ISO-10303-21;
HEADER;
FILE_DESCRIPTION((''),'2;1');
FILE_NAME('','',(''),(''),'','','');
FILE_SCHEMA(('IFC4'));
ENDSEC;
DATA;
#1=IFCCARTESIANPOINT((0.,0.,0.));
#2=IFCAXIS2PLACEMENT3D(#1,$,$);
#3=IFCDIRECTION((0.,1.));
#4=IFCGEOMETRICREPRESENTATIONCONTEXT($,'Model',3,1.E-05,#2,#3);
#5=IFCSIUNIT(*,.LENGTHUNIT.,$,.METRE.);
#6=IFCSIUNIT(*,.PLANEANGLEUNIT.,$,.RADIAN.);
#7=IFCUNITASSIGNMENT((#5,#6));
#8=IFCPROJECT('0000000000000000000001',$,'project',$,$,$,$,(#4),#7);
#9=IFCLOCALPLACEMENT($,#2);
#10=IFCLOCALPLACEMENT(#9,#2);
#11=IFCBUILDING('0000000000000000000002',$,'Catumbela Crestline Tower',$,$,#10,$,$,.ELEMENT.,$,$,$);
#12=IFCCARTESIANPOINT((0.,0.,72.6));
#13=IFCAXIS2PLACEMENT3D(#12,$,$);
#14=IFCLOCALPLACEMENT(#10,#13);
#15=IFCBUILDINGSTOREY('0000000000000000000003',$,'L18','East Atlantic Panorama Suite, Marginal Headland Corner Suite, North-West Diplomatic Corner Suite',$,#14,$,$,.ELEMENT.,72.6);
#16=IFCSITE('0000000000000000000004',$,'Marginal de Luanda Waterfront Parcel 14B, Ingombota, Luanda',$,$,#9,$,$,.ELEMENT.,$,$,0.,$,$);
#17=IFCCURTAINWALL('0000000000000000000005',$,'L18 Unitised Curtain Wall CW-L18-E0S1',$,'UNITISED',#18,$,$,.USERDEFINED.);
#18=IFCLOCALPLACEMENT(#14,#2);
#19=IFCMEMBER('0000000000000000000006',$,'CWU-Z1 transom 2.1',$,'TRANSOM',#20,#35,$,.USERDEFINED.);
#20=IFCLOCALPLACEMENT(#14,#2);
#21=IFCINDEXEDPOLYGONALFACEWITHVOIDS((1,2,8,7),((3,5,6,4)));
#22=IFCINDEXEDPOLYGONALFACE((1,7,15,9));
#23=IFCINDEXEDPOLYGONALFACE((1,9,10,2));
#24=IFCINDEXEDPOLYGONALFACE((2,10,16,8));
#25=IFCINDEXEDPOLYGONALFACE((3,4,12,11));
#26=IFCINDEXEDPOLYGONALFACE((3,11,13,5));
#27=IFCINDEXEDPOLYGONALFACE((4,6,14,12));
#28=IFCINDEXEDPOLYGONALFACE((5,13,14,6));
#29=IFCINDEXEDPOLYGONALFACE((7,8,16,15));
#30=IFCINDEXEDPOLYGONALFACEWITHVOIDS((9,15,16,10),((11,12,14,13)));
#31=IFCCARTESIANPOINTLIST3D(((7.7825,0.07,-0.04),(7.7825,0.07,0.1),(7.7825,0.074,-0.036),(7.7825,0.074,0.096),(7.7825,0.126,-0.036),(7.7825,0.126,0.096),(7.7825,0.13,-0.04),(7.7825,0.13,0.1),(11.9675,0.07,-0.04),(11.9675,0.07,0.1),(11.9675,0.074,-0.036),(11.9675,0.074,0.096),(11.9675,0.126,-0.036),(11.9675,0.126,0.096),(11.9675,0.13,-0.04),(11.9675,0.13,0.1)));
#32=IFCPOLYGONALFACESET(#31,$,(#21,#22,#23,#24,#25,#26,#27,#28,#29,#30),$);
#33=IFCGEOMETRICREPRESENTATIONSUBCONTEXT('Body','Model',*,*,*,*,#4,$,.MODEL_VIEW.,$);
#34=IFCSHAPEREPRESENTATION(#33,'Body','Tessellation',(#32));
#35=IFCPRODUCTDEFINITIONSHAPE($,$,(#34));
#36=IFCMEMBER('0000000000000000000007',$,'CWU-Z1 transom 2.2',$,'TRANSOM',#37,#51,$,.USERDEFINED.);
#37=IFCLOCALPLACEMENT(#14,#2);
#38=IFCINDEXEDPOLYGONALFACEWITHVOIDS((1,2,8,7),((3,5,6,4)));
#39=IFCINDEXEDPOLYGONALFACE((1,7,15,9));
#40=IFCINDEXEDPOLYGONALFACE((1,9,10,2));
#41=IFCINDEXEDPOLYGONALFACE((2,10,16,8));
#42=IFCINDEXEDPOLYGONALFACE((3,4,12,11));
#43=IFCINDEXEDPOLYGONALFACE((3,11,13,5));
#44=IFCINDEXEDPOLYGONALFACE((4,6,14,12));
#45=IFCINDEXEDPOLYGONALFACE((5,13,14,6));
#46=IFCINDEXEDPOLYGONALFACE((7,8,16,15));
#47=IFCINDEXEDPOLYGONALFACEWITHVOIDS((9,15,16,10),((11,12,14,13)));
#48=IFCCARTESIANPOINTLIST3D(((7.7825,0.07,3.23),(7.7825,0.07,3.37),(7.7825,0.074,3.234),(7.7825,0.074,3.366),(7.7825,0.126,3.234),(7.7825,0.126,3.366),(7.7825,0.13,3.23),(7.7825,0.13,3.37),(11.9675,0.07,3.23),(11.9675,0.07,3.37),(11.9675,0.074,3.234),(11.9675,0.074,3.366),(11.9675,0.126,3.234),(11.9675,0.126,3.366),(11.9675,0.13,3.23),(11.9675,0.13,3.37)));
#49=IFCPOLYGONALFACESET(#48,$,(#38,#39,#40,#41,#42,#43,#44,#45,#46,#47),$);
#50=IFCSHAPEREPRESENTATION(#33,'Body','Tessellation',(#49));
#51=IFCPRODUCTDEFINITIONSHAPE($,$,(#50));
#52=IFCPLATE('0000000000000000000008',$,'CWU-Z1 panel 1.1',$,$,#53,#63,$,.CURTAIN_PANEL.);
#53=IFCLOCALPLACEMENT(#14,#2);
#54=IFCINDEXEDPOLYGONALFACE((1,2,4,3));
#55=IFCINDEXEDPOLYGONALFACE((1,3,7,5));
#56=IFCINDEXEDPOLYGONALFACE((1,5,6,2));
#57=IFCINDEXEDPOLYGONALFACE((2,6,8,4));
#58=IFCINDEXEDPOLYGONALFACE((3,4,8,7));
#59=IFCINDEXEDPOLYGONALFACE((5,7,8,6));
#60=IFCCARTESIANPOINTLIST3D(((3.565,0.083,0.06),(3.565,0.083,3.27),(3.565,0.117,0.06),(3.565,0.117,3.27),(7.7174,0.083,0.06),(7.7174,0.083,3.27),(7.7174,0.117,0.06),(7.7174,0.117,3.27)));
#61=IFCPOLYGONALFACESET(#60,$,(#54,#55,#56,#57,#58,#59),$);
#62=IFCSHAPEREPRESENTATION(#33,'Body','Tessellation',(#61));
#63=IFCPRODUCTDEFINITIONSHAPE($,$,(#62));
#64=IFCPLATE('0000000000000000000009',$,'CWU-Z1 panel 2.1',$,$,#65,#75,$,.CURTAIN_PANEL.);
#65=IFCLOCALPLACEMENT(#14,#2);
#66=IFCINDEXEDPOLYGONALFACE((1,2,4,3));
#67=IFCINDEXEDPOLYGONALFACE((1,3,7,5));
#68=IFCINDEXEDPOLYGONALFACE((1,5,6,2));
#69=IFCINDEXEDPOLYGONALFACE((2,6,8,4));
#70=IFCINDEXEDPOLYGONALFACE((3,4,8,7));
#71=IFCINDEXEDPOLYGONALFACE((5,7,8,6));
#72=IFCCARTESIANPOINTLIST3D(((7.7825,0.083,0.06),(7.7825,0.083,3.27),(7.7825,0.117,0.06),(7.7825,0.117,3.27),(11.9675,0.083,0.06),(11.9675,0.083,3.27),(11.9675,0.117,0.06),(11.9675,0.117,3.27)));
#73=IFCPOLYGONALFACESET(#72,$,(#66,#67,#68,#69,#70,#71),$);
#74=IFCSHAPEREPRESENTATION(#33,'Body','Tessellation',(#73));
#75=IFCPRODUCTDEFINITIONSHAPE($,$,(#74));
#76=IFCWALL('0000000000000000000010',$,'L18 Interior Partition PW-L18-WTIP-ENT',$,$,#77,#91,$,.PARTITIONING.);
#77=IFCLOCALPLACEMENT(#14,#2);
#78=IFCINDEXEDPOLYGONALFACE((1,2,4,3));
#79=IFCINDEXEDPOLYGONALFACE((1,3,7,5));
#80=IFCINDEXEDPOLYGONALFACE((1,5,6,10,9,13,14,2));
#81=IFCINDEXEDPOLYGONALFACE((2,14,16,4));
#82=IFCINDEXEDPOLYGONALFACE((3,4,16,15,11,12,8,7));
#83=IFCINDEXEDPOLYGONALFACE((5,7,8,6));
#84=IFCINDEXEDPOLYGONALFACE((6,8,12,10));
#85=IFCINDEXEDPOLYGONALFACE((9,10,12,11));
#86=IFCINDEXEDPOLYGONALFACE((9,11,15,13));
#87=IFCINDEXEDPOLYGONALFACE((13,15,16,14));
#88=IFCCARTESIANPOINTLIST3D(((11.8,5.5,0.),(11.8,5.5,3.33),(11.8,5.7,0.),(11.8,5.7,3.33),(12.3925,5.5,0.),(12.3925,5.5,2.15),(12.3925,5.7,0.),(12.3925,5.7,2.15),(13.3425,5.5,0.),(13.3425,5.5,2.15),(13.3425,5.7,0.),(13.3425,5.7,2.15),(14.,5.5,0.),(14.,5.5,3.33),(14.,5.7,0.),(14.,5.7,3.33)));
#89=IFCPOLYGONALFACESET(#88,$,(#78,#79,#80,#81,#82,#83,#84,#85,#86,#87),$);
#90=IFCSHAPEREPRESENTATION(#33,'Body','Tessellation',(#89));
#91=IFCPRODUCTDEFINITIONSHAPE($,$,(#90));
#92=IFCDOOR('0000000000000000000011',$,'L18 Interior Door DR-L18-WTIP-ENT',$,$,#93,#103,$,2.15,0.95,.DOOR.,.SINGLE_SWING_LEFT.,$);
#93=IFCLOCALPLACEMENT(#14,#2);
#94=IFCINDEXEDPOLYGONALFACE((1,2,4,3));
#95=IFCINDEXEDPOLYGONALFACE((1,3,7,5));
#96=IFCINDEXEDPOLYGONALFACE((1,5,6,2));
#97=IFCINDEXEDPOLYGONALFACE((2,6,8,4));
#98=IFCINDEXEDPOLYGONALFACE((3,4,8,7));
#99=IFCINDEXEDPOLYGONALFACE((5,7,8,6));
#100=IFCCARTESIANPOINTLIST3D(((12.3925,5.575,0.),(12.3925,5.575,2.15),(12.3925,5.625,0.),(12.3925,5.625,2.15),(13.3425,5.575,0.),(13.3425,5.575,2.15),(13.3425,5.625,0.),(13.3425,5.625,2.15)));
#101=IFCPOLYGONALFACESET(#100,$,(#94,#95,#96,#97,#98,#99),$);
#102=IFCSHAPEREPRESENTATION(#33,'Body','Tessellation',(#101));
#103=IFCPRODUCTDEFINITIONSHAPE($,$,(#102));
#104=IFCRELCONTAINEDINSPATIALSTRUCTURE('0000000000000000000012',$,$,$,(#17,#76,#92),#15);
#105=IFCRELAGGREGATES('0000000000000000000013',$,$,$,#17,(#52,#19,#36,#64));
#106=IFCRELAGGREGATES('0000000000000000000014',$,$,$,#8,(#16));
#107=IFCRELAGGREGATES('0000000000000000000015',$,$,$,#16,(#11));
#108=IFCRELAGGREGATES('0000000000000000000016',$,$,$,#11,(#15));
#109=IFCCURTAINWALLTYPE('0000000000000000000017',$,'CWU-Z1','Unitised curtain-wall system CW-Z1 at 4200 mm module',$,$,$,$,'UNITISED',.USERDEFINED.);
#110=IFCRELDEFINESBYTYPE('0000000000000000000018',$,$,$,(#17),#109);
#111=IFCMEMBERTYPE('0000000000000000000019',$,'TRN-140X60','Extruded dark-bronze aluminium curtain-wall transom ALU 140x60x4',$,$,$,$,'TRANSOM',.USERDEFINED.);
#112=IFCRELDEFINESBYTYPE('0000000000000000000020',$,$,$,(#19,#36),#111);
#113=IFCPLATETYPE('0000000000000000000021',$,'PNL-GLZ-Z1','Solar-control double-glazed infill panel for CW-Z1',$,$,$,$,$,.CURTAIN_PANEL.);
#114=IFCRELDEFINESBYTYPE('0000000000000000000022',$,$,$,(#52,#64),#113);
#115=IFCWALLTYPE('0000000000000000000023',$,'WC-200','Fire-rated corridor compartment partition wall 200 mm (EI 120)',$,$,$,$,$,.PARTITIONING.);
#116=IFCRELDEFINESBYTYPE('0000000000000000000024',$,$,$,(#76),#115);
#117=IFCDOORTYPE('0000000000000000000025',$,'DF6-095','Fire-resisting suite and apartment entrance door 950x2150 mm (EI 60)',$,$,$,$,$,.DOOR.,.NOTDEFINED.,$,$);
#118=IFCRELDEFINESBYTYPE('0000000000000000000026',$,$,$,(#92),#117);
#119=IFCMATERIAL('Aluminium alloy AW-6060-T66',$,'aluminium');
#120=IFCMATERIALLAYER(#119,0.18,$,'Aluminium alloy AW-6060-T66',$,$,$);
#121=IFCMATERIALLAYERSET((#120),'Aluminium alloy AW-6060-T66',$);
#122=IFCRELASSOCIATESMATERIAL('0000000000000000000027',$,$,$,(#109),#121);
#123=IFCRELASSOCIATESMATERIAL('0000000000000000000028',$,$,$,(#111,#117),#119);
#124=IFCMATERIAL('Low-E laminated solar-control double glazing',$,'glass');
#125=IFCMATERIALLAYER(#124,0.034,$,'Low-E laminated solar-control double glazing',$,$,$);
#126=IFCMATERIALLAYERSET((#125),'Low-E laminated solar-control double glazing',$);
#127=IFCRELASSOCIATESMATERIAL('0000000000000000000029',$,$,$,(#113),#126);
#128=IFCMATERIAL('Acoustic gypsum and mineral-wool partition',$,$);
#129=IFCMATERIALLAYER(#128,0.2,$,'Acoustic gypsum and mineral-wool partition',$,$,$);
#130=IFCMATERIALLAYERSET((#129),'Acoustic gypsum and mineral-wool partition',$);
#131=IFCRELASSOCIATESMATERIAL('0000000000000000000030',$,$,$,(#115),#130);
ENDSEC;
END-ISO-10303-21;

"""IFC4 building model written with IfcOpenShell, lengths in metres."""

from ifc_helpers import new_model, si_unit, direction, frame, frame_2d, origin, origin_2d, place, context, subcontext, project, spatial, rectangle, hollow_rectangle, extrude, material, layer, layer_set, material_profile, profile_set, type_object, element, fill, aggregate, save


model = new_model("IFC4")

# Units and contexts
model_context = context("Model", 3, precision=1e-05, world=origin(), true_north=direction((0.0, 1.0)))
body_context = subcontext(model_context, "Body", "Model", "MODEL_VIEW")
ifc_project = project(units=[si_unit("LENGTHUNIT", "METRE"), si_unit("PLANEANGLEUNIT", "RADIAN")], contexts=[model_context])

# Site, building, storey
site_placement = place(None, origin())
site = spatial("IfcSite", under=ifc_project, at=site_placement, Name="Marginal de Luanda Waterfront Parcel 14B, Ingombota, Luanda", CompositionType="ELEMENT", RefElevation=0.0)
building_placement = place(site_placement, origin())
building = spatial("IfcBuilding", under=site, at=building_placement, Name="Catumbela Crestline Tower", CompositionType="ELEMENT")
storey_placement = place(building_placement, frame((0.0, 0.0, 72.6)))
storey = spatial("IfcBuildingStorey", under=building, at=storey_placement, Name="L18", Description="East Atlantic Panorama Suite, Marginal Headland Corner Suite, North-West Diplomatic Corner Suite", CompositionType="ELEMENT", Elevation=72.6)

# Curtain wall, members, plates
ifc_material_1 = material(Name="Aluminium alloy AW-6060-T66", Category="aluminium")
ifc_layer_1 = layer(ifc_material_1, 0.18, Name="Aluminium alloy AW-6060-T66")
ifc_layer_set_1 = layer_set([ifc_layer_1], Name="Aluminium alloy AW-6060-T66")
curtain_wall_type = type_object("IfcCurtainWallType", Name="CWU-Z1", Description="Unitised curtain-wall system CW-Z1 at 4200 mm module", ElementType="UNITISED", PredefinedType="USERDEFINED", material=ifc_layer_set_1)
curtain_wall_placement = place(storey_placement, origin())
curtain_wall = element("IfcCurtainWall", 1, at=curtain_wall_placement, inside=storey, type_object=curtain_wall_type, Name="L18 Unitised Curtain Wall CW-L18-E0S1", ObjectType="UNITISED", PredefinedType="USERDEFINED")
ifc_material_profile_1 = material_profile(ifc_material_1, hollow_rectangle(XDim=0.06, YDim=0.14, WallThickness=0.004, at=origin_2d()), Name="ALU 140x60x4")
ifc_profile_set_1 = profile_set([ifc_material_profile_1], Name="Aluminium alloy AW-6060-T66")
member_type_1 = type_object("IfcMemberType", Name="TRN-140X60", Description="Extruded dark-bronze aluminium curtain-wall transom ALU 140x60x4", ElementType="TRANSOM", PredefinedType="USERDEFINED", material=ifc_profile_set_1)
member_1_placement = place(storey_placement, frame((7.7825, 0.1, 0.03), z_axis=(1.0, 0.0, 0.0), x_axis=(0.0, 1.0, 0.0)))
member_1 = element("IfcMember", 2, at=member_1_placement, type_object=member_type_1, Name="CWU-Z1 transom 2.1", ObjectType="TRANSOM", PredefinedType="USERDEFINED", context=body_context, shape_type="SweptSolid", body=[
    extrude(hollow_rectangle(XDim=0.06, YDim=0.14, WallThickness=0.004, at=origin_2d()), origin(), (0.0, 0.0, 1.0), 4.185),
])
member_2_placement = place(storey_placement, frame((7.7825, 0.1, 3.3), z_axis=(1.0, 0.0, 0.0), x_axis=(0.0, 1.0, 0.0)))
member_2 = element("IfcMember", 3, at=member_2_placement, type_object=member_type_1, Name="CWU-Z1 transom 2.2", ObjectType="TRANSOM", PredefinedType="USERDEFINED", context=body_context, shape_type="SweptSolid", body=[
    extrude(hollow_rectangle(XDim=0.06, YDim=0.14, WallThickness=0.004, at=origin_2d()), origin(), (0.0, 0.0, 1.0), 4.185),
])
ifc_material_2 = material(Name="Low-E laminated solar-control double glazing", Category="glass")
ifc_layer_2 = layer(ifc_material_2, 0.034, Name="Low-E laminated solar-control double glazing")
ifc_layer_set_2 = layer_set([ifc_layer_2], Name="Low-E laminated solar-control double glazing")
plate_type = type_object("IfcPlateType", Name="PNL-GLZ-Z1", Description="Solar-control double-glazed infill panel for CW-Z1", PredefinedType="CURTAIN_PANEL", material=ifc_layer_set_2)
plate_1_placement = place(storey_placement, frame((5.6412, 0.1, 0.06), z_axis=(0.0, 0.0, 1.0), x_axis=(1.0, 0.0, 0.0)))
plate_1 = element("IfcPlate", 4, at=plate_1_placement, type_object=plate_type, Name="CWU-Z1 panel 1.1", PredefinedType="CURTAIN_PANEL", context=body_context, shape_type="SweptSolid", body=[
    extrude(rectangle(XDim=4.1525, YDim=0.034, at=origin_2d()), origin(), (0.0, 0.0, 1.0), 3.21),
])
plate_2_placement = place(storey_placement, frame((9.875, 0.1, 0.06), z_axis=(0.0, 0.0, 1.0), x_axis=(1.0, 0.0, 0.0)))
plate_2 = element("IfcPlate", 5, at=plate_2_placement, type_object=plate_type, Name="CWU-Z1 panel 2.1", PredefinedType="CURTAIN_PANEL", context=body_context, shape_type="SweptSolid", body=[
    extrude(rectangle(XDim=4.185, YDim=0.034, at=origin_2d()), origin(), (0.0, 0.0, 1.0), 3.21),
])
aggregate(curtain_wall, [plate_1, member_1, member_2, plate_2])

# Wall, opening, door
ifc_material_3 = material(Name="Acoustic gypsum and mineral-wool partition")
ifc_layer_3 = layer(ifc_material_3, 0.2, Name="Acoustic gypsum and mineral-wool partition")
ifc_layer_set_3 = layer_set([ifc_layer_3], Name="Acoustic gypsum and mineral-wool partition")
wall_type_1 = type_object("IfcWallType", Name="WC-200", Description="Fire-rated corridor compartment partition wall 200 mm (EI 120)", PredefinedType="PARTITIONING", material=ifc_layer_set_3)
wall_1_placement = place(storey_placement, frame((11.8, 5.6, 0.0), z_axis=(0.0, 0.0, 1.0), x_axis=(1.0, 0.0, 0.0)))
wall_1 = element("IfcWall", 6, at=wall_1_placement, inside=storey, type_object=wall_type_1, Name="L18 Interior Partition PW-L18-WTIP-ENT", PredefinedType="PARTITIONING", context=body_context, shape_type="SweptSolid", body=[
    extrude(rectangle(XDim=2.2, YDim=0.2, at=frame_2d((1.1, 0.0))), origin(), (0.0, 0.0, 1.0), 3.33),
])
opening_1_placement = place(wall_1_placement, frame((0.5925, 0.0, 0.0)))
opening_1 = element("IfcOpeningElement", 7, at=opening_1_placement, cuts=wall_1, PredefinedType="OPENING", context=body_context, shape_type="SweptSolid", body=[
    extrude(rectangle(XDim=0.95, YDim=2.15, at=frame_2d((0.475, 1.075))), frame((0.0, 0.11, 0.0), z_axis=(0.0, -1.0, 0.0), x_axis=(1.0, 0.0, 0.0)), (0.0, 0.0, 1.0), 0.22),
])
door_type_1 = type_object("IfcDoorType", Name="DF6-095", Description="Fire-resisting suite and apartment entrance door 950x2150 mm (EI 60)", OperationType="NOTDEFINED", PredefinedType="DOOR", material=ifc_material_1)
door_1_placement = place(opening_1_placement, origin())
door_1 = element("IfcDoor", 8, at=door_1_placement, inside=storey, type_object=door_type_1, Name="L18 Interior Door DR-L18-WTIP-ENT", OperationType="SINGLE_SWING_LEFT", OverallHeight=2.15, OverallWidth=0.95, PredefinedType="DOOR", context=body_context, shape_type="SweptSolid", body=[
    extrude(rectangle(XDim=0.95, YDim=2.15, at=frame_2d((0.475, 1.075))), frame((0.0, 0.025, 0.0), z_axis=(0.0, -1.0, 0.0), x_axis=(1.0, 0.0, 0.0)), (0.0, 0.0, 1.0), 0.05),
])
fill(opening_1, door_1)

save(model, "model.ifc")
